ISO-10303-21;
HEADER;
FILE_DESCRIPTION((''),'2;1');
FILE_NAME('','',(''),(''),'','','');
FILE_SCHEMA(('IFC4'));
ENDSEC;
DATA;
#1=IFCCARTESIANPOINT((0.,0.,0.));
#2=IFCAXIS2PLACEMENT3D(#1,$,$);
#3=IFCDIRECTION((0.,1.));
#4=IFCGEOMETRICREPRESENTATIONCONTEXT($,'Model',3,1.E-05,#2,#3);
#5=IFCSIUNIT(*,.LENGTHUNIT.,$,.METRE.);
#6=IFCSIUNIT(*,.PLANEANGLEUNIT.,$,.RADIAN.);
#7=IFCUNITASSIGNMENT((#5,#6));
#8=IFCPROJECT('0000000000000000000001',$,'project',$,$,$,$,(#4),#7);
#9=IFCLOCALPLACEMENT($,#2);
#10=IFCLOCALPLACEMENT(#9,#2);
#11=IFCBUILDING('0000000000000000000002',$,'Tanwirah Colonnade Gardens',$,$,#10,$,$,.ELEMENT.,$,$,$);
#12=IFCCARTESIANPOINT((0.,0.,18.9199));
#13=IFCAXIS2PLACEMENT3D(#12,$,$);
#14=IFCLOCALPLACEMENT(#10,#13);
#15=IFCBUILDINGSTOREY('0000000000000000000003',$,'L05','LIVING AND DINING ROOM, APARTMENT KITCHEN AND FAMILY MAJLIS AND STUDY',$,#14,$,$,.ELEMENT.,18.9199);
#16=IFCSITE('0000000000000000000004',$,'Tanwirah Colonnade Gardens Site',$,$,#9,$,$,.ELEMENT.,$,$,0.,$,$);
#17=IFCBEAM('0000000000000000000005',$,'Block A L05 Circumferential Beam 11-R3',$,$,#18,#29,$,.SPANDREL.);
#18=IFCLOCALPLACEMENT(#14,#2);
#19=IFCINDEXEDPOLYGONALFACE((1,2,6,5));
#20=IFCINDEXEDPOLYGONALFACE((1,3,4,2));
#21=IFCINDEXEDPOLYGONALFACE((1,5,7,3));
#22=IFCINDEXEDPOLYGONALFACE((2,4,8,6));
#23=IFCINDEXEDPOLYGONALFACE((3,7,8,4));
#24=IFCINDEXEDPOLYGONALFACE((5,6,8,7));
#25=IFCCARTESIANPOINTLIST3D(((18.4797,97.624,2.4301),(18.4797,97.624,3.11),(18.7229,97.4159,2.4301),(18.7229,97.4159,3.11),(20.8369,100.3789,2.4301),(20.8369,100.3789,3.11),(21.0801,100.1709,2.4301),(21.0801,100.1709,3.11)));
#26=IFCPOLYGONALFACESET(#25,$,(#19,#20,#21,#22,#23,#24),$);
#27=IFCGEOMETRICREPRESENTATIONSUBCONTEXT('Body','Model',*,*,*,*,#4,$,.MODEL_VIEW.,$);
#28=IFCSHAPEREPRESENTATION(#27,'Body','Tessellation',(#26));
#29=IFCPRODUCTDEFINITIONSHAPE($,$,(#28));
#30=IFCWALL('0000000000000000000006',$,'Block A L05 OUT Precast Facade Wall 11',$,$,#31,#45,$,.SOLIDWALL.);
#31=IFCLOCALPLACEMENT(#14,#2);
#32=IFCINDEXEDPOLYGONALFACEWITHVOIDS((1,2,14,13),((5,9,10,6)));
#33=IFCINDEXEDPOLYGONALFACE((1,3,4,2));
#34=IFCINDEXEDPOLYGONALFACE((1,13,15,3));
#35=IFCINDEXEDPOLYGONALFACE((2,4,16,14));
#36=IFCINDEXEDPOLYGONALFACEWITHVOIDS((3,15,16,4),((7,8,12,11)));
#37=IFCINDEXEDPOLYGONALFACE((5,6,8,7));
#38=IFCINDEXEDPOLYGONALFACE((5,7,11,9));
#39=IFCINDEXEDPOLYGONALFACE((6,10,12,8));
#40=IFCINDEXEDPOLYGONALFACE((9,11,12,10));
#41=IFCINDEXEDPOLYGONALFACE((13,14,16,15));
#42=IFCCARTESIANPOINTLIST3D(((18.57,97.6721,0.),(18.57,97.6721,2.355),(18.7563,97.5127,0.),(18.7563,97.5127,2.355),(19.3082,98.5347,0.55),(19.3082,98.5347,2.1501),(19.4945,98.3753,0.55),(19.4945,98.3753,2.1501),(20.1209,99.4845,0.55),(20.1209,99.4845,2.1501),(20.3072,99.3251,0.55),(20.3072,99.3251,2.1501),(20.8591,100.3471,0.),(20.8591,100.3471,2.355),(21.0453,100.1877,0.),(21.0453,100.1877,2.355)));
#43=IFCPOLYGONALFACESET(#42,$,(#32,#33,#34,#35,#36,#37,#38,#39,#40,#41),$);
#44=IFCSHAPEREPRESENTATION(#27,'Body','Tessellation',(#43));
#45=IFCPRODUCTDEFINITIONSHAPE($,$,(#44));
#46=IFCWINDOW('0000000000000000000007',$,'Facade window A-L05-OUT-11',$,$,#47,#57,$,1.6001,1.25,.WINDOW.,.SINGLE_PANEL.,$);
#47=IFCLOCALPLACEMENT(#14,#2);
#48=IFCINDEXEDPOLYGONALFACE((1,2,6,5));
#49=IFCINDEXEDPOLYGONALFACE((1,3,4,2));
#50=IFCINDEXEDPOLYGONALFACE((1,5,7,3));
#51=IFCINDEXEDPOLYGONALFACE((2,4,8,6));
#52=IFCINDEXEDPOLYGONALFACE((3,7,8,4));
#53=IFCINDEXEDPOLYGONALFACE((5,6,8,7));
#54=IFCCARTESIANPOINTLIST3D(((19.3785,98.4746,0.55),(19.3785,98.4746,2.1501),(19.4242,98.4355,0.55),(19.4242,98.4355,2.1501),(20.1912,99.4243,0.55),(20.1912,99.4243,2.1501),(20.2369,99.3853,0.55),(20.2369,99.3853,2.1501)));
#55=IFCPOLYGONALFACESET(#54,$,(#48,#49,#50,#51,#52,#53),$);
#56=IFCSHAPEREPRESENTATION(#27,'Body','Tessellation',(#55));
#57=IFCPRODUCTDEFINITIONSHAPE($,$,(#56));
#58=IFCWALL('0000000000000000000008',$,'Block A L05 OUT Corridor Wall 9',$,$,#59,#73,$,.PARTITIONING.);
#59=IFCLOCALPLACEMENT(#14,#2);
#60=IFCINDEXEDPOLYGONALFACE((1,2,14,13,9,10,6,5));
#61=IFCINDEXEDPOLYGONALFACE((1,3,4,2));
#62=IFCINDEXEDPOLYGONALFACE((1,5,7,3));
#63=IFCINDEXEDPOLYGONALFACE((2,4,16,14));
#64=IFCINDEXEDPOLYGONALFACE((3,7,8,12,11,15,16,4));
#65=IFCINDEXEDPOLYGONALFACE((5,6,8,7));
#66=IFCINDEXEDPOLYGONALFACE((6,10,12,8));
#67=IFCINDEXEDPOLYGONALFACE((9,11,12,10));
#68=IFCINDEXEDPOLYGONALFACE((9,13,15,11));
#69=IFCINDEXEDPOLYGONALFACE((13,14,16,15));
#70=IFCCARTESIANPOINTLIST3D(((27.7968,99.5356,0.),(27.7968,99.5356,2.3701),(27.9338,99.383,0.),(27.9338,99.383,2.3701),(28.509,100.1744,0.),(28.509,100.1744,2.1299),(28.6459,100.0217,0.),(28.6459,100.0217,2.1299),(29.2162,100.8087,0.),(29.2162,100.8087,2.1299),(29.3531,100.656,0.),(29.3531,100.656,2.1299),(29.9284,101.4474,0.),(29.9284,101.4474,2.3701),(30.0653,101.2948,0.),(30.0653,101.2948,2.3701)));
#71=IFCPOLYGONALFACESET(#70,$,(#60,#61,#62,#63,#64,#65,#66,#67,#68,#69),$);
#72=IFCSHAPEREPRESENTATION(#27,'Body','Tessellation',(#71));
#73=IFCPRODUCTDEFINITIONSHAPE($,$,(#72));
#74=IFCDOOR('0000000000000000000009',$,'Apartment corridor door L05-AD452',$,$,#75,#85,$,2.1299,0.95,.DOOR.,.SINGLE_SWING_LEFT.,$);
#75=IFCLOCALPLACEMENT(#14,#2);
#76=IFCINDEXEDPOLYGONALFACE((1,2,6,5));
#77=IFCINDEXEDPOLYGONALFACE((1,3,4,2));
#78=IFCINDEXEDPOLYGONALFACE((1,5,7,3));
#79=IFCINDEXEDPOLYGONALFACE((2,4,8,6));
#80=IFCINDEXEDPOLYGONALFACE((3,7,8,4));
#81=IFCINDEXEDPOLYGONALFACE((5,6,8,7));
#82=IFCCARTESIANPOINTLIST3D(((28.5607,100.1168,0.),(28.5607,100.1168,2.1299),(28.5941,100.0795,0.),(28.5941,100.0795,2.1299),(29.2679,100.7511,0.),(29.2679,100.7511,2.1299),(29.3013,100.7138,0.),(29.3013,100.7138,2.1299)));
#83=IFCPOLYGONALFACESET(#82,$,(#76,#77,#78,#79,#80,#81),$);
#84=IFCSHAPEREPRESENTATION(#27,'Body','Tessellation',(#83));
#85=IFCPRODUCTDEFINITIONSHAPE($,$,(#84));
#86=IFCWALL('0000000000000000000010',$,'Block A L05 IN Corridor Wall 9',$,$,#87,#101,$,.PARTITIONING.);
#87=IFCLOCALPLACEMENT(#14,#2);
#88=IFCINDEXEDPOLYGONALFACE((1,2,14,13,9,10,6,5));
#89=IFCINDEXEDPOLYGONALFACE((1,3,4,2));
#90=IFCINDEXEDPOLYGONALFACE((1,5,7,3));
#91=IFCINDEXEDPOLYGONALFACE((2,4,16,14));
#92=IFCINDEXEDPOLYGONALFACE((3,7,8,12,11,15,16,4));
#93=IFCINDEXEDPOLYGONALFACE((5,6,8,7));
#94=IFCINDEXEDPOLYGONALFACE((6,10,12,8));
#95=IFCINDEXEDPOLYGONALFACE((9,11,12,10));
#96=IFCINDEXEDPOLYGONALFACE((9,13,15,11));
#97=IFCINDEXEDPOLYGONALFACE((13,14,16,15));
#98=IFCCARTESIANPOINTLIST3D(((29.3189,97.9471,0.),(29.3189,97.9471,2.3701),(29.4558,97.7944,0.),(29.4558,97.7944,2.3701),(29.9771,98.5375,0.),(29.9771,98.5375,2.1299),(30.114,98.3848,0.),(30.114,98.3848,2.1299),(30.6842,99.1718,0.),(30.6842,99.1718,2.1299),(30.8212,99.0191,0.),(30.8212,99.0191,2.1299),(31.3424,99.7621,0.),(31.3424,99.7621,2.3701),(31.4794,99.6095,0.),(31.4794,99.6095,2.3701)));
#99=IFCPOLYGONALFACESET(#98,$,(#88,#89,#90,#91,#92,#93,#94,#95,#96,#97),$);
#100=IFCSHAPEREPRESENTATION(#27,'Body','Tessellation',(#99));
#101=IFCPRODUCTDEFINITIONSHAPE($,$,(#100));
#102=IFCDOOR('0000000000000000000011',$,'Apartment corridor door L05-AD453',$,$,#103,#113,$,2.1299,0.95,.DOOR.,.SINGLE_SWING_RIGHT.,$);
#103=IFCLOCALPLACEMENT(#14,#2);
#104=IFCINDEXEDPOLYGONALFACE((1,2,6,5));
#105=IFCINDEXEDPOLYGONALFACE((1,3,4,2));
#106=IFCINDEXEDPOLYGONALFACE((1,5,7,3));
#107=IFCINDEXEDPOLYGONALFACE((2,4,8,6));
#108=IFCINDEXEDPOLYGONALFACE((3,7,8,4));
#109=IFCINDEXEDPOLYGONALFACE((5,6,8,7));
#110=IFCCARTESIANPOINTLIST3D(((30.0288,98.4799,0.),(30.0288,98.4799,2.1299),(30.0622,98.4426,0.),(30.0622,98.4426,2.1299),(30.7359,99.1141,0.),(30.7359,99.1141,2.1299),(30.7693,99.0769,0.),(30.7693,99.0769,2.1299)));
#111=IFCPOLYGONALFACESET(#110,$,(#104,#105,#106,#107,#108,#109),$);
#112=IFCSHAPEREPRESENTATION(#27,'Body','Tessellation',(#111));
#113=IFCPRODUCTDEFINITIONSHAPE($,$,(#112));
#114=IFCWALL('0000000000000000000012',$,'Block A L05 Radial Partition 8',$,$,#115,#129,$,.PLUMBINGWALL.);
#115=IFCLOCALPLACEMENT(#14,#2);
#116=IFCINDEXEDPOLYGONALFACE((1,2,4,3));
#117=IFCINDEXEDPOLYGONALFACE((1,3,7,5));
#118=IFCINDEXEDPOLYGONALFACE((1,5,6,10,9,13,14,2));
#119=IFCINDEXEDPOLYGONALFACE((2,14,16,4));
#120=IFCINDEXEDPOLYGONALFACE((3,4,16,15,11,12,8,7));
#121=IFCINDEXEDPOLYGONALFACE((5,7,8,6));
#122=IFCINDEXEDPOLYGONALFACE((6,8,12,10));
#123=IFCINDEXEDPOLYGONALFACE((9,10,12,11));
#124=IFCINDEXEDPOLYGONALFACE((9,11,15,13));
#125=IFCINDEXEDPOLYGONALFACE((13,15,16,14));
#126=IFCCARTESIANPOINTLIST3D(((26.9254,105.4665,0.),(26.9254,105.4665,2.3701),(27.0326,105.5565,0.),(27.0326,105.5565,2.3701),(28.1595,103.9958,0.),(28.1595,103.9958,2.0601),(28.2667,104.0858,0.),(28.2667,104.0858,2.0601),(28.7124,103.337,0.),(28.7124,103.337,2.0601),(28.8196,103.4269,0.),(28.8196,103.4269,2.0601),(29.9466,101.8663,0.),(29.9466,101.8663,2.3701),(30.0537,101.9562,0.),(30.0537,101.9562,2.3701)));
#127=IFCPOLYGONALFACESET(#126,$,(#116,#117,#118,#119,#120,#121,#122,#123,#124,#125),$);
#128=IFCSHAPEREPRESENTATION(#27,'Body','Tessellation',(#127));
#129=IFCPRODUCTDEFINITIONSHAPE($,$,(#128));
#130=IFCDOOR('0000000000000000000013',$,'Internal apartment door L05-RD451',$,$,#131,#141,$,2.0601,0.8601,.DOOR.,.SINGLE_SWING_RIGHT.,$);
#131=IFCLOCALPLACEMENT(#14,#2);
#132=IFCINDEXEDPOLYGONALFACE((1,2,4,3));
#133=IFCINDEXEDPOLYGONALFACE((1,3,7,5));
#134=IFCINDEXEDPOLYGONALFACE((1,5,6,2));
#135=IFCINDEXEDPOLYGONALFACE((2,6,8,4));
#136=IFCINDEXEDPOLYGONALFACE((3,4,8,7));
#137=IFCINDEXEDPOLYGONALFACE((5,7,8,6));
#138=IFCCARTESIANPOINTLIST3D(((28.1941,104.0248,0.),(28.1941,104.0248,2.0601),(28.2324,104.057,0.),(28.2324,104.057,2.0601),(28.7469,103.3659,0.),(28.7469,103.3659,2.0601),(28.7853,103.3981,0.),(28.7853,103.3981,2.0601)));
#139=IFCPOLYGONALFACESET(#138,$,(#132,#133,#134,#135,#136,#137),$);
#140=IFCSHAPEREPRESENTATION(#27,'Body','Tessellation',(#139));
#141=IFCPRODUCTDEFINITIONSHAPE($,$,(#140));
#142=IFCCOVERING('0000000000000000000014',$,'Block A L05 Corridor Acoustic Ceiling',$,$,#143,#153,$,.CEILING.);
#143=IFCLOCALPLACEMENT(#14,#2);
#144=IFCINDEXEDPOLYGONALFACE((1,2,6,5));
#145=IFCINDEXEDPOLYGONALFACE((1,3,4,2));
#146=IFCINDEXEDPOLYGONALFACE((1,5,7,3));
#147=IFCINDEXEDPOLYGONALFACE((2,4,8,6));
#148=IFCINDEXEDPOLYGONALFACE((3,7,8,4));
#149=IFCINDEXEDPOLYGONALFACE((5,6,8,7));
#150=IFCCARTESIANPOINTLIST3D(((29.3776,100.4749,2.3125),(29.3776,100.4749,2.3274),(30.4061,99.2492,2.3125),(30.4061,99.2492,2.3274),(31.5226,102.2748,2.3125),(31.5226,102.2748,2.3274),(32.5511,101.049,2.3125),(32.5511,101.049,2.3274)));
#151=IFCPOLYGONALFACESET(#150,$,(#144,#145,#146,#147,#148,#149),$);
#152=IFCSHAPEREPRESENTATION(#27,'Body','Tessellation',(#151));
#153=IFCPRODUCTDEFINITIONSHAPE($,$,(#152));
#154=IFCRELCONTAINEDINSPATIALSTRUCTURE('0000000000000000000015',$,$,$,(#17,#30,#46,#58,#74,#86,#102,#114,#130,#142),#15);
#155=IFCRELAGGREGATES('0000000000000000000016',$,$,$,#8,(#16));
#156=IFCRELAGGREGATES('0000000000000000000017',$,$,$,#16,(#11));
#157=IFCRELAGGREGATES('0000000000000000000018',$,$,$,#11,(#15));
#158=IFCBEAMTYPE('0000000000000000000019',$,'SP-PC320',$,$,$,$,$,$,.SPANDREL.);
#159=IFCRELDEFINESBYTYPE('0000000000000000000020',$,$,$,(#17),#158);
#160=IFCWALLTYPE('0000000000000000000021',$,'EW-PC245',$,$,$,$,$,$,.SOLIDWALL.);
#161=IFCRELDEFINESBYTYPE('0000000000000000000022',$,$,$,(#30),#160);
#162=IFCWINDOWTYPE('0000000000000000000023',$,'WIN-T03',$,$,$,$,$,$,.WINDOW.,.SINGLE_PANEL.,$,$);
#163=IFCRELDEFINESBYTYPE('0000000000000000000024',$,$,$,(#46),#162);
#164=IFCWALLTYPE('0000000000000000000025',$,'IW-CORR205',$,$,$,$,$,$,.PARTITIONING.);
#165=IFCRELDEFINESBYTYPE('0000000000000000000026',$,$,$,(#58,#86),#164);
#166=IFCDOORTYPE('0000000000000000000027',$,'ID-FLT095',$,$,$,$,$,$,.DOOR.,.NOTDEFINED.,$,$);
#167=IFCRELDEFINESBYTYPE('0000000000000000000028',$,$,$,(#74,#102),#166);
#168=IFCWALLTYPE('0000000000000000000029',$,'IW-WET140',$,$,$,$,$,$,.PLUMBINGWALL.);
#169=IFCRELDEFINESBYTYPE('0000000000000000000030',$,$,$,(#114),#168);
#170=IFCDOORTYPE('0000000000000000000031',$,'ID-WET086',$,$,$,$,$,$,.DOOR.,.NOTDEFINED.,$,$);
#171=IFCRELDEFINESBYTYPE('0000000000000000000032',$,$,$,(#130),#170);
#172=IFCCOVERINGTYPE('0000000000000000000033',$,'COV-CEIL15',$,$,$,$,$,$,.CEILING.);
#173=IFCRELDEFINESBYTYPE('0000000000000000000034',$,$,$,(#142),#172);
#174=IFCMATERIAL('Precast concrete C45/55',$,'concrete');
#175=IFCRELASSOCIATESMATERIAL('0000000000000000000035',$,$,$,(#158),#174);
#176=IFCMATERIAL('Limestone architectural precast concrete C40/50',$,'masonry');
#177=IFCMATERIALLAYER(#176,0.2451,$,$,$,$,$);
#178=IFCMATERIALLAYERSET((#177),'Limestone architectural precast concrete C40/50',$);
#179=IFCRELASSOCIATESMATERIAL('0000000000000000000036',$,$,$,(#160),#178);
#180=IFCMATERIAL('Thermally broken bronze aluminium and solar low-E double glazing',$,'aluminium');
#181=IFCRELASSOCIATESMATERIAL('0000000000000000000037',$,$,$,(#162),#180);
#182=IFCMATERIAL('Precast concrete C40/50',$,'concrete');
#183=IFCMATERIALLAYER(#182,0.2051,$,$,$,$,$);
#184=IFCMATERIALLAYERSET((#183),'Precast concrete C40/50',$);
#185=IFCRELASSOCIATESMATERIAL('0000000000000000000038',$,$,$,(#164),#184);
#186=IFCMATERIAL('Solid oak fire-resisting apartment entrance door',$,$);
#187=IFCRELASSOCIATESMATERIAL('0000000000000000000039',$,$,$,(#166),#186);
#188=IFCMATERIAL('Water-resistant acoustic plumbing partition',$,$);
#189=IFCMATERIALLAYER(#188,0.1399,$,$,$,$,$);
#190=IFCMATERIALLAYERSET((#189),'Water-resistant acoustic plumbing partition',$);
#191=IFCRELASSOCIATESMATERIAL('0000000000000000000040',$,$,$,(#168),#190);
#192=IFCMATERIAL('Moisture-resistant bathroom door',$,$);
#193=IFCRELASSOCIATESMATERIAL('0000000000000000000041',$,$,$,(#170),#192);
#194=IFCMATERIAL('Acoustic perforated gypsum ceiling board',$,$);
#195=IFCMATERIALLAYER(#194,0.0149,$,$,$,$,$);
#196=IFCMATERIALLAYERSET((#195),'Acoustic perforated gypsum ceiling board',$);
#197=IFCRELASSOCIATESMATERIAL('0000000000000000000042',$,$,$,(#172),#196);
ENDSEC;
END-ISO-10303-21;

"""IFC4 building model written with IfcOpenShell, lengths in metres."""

from ifc_helpers import new_model, si_unit, direction, frame, frame_2d, origin, origin_2d, place, context, subcontext, project, spatial, rectangle, extrude, material, layer, layer_set, material_profile, profile_set, type_object, element, fill, save


model = new_model("IFC4")

# Units and contexts
model_context = context("Model", 3, precision=1e-05, world=origin(), true_north=direction((0.0, 1.0)))
body_context = subcontext(model_context, "Body", "Model", "MODEL_VIEW")
ifc_project = project(units=[si_unit("LENGTHUNIT", "METRE"), si_unit("PLANEANGLEUNIT", "RADIAN")], contexts=[model_context])

# Site, building, storey
site_placement = place(None, origin())
site = spatial("IfcSite", under=ifc_project, at=site_placement, Name="Tanwirah Colonnade Gardens Site", CompositionType="ELEMENT", RefElevation=0.0)
building_placement = place(site_placement, origin())
building = spatial("IfcBuilding", under=site, at=building_placement, Name="Tanwirah Colonnade Gardens", CompositionType="ELEMENT")
storey_placement = place(building_placement, frame((0.0, 0.0, 18.9199)))
storey = spatial("IfcBuildingStorey", under=building, at=storey_placement, Name="L05", Description="LIVING AND DINING ROOM, APARTMENT KITCHEN AND FAMILY MAJLIS AND STUDY", CompositionType="ELEMENT", Elevation=18.9199)

# Shared definitions
ifc_material_1 = material(Name="Precast concrete C45/55", Category="concrete")
ifc_material_2 = material(Name="Precast concrete C40/50", Category="concrete")

# Beam
ifc_material_profile_1 = material_profile(ifc_material_1, rectangle(XDim=0.3201, YDim=0.6799, at=origin_2d()), Name="PC-SP 320x680")
ifc_profile_set_1 = profile_set([ifc_material_profile_1], Name="Precast concrete C45/55")
beam_type_1 = type_object("IfcBeamType", Name="SP-PC320", PredefinedType="SPANDREL", material=ifc_profile_set_1)
beam_1_placement = place(storey_placement, frame((20.9585, 100.2749, 2.77), z_axis=(-0.650131, -0.759822, 0.0), x_axis=(0.759822, -0.650131, 0.0)))
element("IfcBeam", 1, at=beam_1_placement, inside=storey, type_object=beam_type_1, Name="Block A L05 Circumferential Beam 11-R3", PredefinedType="SPANDREL", context=body_context, shape_type="SweptSolid", body=[
    extrude(rectangle(XDim=0.3201, YDim=0.6799, at=origin_2d()), origin(), (0.0, 0.0, 1.0), 3.6257),
])

# Wall, opening, window
ifc_material_3 = material(Name="Limestone architectural precast concrete C40/50", Category="masonry")
ifc_layer_1 = layer(ifc_material_3, 0.2451)
ifc_layer_set_1 = layer_set([ifc_layer_1], Name="Limestone architectural precast concrete C40/50")
wall_type_1 = type_object("IfcWallType", Name="EW-PC245", PredefinedType="SOLIDWALL", material=ifc_layer_set_1)
wall_1_placement = place(storey_placement, frame((20.9521, 100.2673, 0.0), z_axis=(0.0, 0.0, 1.0), x_axis=(-0.650163, -0.759795, 0.0)))
wall_1 = element("IfcWall", 2, at=wall_1_placement, inside=storey, type_object=wall_type_1, Name="Block A L05 OUT Precast Facade Wall 11", PredefinedType="SOLIDWALL", context=body_context, shape_type="SweptSolid", body=[
    extrude(rectangle(XDim=3.5208, YDim=0.2451, at=frame_2d((1.7603, 0.0))), origin(), (0.0, 0.0, 1.0), 2.355),
])
opening_1_placement = place(wall_1_placement, frame((1.1353, 0.0, 0.55)))
opening_1 = element("IfcOpeningElement", 3, at=opening_1_placement, cuts=wall_1, PredefinedType="OPENING", context=body_context, shape_type="SweptSolid", body=[
    extrude(rectangle(XDim=1.25, YDim=1.6001, at=frame_2d((0.625, 0.8))), frame((0.0, 0.1326, 0.0), z_axis=(0.0, -1.0, 0.0), x_axis=(1.0, 0.0, 0.0)), (0.0, 0.0, 1.0), 0.2651),
])
ifc_material_4 = material(Name="Thermally broken bronze aluminium and solar low-E double glazing", Category="aluminium")
window_type = type_object("IfcWindowType", Name="WIN-T03", PartitioningType="SINGLE_PANEL", PredefinedType="WINDOW", material=ifc_material_4)
window_placement = place(opening_1_placement, origin())
window = element("IfcWindow", 4, at=window_placement, inside=storey, type_object=window_type, Name="Facade window A-L05-OUT-11", OverallHeight=1.6001, OverallWidth=1.25, PartitioningType="SINGLE_PANEL", PredefinedType="WINDOW", context=body_context, shape_type="SweptSolid", body=[
    extrude(rectangle(XDim=1.25, YDim=1.6001, at=frame_2d((0.625, 0.8))), frame((0.0, 0.03, 0.0), z_axis=(0.0, -1.0, 0.0), x_axis=(1.0, 0.0, 0.0)), (0.0, 0.0, 1.0), 0.0601),
])
fill(opening_1, window)

# Walls, openings, doors
ifc_layer_2 = layer(ifc_material_2, 0.2051)
ifc_layer_set_2 = layer_set([ifc_layer_2], Name="Precast concrete C40/50")
wall_type_2 = type_object("IfcWallType", Name="IW-CORR205", PredefinedType="PARTITIONING", material=ifc_layer_set_2)
ifc_material_5 = material(Name="Solid oak fire-resisting apartment entrance door")
wall_2_placement = place(storey_placement, frame((29.9968, 101.3711, 0.0), z_axis=(0.0, 0.0, 1.0), x_axis=(-0.744434, -0.667697, 0.0)))
wall_2 = element("IfcWall", 5, at=wall_2_placement, inside=storey, type_object=wall_type_2, Name="Block A L05 OUT Corridor Wall 9", PredefinedType="PARTITIONING", context=body_context, shape_type="SweptSolid", body=[
    extrude(rectangle(XDim=2.8633, YDim=0.2051, at=frame_2d((1.4316, 0.0))), origin(), (0.0, 0.0, 1.0), 2.3701),
])
opening_2_placement = place(wall_2_placement, frame((0.9565, 0.0, 0.0)))
opening_2 = element("IfcOpeningElement", 6, at=opening_2_placement, cuts=wall_2, PredefinedType="OPENING", context=body_context, shape_type="SweptSolid", body=[
    extrude(rectangle(XDim=0.95, YDim=2.1299, at=frame_2d((0.4751, 1.0649))), frame((0.0, 0.1125, 0.0), z_axis=(0.0, -1.0, 0.0), x_axis=(1.0, 0.0, 0.0)), (0.0, 0.0, 1.0), 0.2251),
])
door_type_1 = type_object("IfcDoorType", Name="ID-FLT095", OperationType="NOTDEFINED", PredefinedType="DOOR", material=ifc_material_5)
door_1_placement = place(opening_2_placement, origin())
door_1 = element("IfcDoor", 7, at=door_1_placement, inside=storey, type_object=door_type_1, Name="Apartment corridor door L05-AD452", OperationType="SINGLE_SWING_LEFT", OverallHeight=2.1299, OverallWidth=0.95, PredefinedType="DOOR", context=body_context, shape_type="SweptSolid", body=[
    extrude(rectangle(XDim=0.95, YDim=2.1299, at=frame_2d((0.4751, 1.0649))), frame((0.0, 0.0249, 0.0), z_axis=(0.0, -1.0, 0.0), x_axis=(1.0, 0.0, 0.0)), (0.0, 0.0, 1.0), 0.05),
])
fill(opening_2, door_1)
wall_3_placement = place(storey_placement, frame((31.4109, 99.6858, 0.0), z_axis=(0.0, 0.0, 1.0), x_axis=(-0.744419, -0.667713, 0.0)))
wall_3 = element("IfcWall", 8, at=wall_3_placement, inside=storey, type_object=wall_type_2, Name="Block A L05 IN Corridor Wall 9", PredefinedType="PARTITIONING", context=body_context, shape_type="SweptSolid", body=[
    extrude(rectangle(XDim=2.7183, YDim=0.2051, at=frame_2d((1.3591, 0.0))), origin(), (0.0, 0.0, 1.0), 2.3701),
])
opening_3_placement = place(wall_3_placement, frame((0.884, 0.0, 0.0)))
opening_3 = element("IfcOpeningElement", 9, at=opening_3_placement, cuts=wall_3, PredefinedType="OPENING", context=body_context, shape_type="SweptSolid", body=[
    extrude(rectangle(XDim=0.95, YDim=2.1299, at=frame_2d((0.4751, 1.0649))), frame((0.0, 0.1125, 0.0), z_axis=(0.0, -1.0, 0.0), x_axis=(1.0, 0.0, 0.0)), (0.0, 0.0, 1.0), 0.2251),
])
door_2_placement = place(opening_3_placement, origin())
door_2 = element("IfcDoor", 10, at=door_2_placement, inside=storey, type_object=door_type_1, Name="Apartment corridor door L05-AD453", OperationType="SINGLE_SWING_RIGHT", OverallHeight=2.1299, OverallWidth=0.95, PredefinedType="DOOR", context=body_context, shape_type="SweptSolid", body=[
    extrude(rectangle(XDim=0.95, YDim=2.1299, at=frame_2d((0.4751, 1.0649))), frame((0.0, 0.0249, 0.0), z_axis=(0.0, -1.0, 0.0), x_axis=(1.0, 0.0, 0.0)), (0.0, 0.0, 1.0), 0.05),
])
fill(opening_3, door_2)
ifc_material_6 = material(Name="Water-resistant acoustic plumbing partition")
ifc_layer_3 = layer(ifc_material_6, 0.1399)
ifc_layer_set_3 = layer_set([ifc_layer_3], Name="Water-resistant acoustic plumbing partition")
wall_type_3 = type_object("IfcWallType", Name="IW-WET140", PredefinedType="PLUMBINGWALL", material=ifc_layer_set_3)
wall_4_placement = place(storey_placement, frame((30.0002, 101.9111, 0.0), z_axis=(0.0, 0.0, 1.0), x_axis=(-0.642812, 0.766024, 0.0)))
wall_4 = element("IfcWall", 11, at=wall_4_placement, inside=storey, type_object=wall_type_3, Name="Block A L05 Radial Partition 8", PredefinedType="PLUMBINGWALL", context=body_context, shape_type="SweptSolid", body=[
    extrude(rectangle(XDim=4.7, YDim=0.1399, at=frame_2d((2.3501, 0.0))), origin(), (0.0, 0.0, 1.0), 2.3701),
])
opening_4_placement = place(wall_4_placement, frame((1.9199, 0.0, 0.0)))
opening_4 = element("IfcOpeningElement", 12, at=opening_4_placement, cuts=wall_4, PredefinedType="OPENING", context=body_context, shape_type="SweptSolid", body=[
    extrude(rectangle(XDim=0.8601, YDim=2.0601, at=frame_2d((0.4302, 1.03))), frame((0.0, 0.0798, 0.0), z_axis=(0.0, -1.0, 0.0), x_axis=(1.0, 0.0, 0.0)), (0.0, 0.0, 1.0), 0.1599),
])
ifc_material_7 = material(Name="Moisture-resistant bathroom door")
door_type_2 = type_object("IfcDoorType", Name="ID-WET086", OperationType="NOTDEFINED", PredefinedType="DOOR", material=ifc_material_7)
door_3_placement = place(opening_4_placement, origin())
door_3 = element("IfcDoor", 13, at=door_3_placement, inside=storey, type_object=door_type_2, Name="Internal apartment door L05-RD451", OperationType="SINGLE_SWING_RIGHT", OverallHeight=2.0601, OverallWidth=0.8601, PredefinedType="DOOR", context=body_context, shape_type="SweptSolid", body=[
    extrude(rectangle(XDim=0.8601, YDim=2.0601, at=frame_2d((0.4302, 1.03))), frame((0.0, 0.0249, 0.0), z_axis=(0.0, -1.0, 0.0), x_axis=(1.0, 0.0, 0.0)), (0.0, 0.0, 1.0), 0.05),
])
fill(opening_4, door_3)

# Covering
ifc_material_8 = material(Name="Acoustic perforated gypsum ceiling board")
ifc_layer_4 = layer(ifc_material_8, 0.0149)
ifc_layer_set_4 = layer_set([ifc_layer_4], Name="Acoustic perforated gypsum ceiling board")
covering_type_1 = type_object("IfcCoveringType", Name="COV-CEIL15", PredefinedType="CEILING", material=ifc_layer_set_4)
covering_1_placement = place(storey_placement, frame((30.9644, 100.762, 2.3125), z_axis=(0.0, 0.0, 1.0), x_axis=(-0.766044, -0.642788, 0.0)))
element("IfcCovering", 14, at=covering_1_placement, inside=storey, type_object=covering_type_1, Name="Block A L05 Corridor Acoustic Ceiling", PredefinedType="CEILING", context=body_context, shape_type="SweptSolid", body=[
    extrude(rectangle(XDim=2.8, YDim=1.6001, at=origin_2d()), origin(), (0.0, 0.0, 1.0), 0.0149),
])

save(model, "model.ifc")
